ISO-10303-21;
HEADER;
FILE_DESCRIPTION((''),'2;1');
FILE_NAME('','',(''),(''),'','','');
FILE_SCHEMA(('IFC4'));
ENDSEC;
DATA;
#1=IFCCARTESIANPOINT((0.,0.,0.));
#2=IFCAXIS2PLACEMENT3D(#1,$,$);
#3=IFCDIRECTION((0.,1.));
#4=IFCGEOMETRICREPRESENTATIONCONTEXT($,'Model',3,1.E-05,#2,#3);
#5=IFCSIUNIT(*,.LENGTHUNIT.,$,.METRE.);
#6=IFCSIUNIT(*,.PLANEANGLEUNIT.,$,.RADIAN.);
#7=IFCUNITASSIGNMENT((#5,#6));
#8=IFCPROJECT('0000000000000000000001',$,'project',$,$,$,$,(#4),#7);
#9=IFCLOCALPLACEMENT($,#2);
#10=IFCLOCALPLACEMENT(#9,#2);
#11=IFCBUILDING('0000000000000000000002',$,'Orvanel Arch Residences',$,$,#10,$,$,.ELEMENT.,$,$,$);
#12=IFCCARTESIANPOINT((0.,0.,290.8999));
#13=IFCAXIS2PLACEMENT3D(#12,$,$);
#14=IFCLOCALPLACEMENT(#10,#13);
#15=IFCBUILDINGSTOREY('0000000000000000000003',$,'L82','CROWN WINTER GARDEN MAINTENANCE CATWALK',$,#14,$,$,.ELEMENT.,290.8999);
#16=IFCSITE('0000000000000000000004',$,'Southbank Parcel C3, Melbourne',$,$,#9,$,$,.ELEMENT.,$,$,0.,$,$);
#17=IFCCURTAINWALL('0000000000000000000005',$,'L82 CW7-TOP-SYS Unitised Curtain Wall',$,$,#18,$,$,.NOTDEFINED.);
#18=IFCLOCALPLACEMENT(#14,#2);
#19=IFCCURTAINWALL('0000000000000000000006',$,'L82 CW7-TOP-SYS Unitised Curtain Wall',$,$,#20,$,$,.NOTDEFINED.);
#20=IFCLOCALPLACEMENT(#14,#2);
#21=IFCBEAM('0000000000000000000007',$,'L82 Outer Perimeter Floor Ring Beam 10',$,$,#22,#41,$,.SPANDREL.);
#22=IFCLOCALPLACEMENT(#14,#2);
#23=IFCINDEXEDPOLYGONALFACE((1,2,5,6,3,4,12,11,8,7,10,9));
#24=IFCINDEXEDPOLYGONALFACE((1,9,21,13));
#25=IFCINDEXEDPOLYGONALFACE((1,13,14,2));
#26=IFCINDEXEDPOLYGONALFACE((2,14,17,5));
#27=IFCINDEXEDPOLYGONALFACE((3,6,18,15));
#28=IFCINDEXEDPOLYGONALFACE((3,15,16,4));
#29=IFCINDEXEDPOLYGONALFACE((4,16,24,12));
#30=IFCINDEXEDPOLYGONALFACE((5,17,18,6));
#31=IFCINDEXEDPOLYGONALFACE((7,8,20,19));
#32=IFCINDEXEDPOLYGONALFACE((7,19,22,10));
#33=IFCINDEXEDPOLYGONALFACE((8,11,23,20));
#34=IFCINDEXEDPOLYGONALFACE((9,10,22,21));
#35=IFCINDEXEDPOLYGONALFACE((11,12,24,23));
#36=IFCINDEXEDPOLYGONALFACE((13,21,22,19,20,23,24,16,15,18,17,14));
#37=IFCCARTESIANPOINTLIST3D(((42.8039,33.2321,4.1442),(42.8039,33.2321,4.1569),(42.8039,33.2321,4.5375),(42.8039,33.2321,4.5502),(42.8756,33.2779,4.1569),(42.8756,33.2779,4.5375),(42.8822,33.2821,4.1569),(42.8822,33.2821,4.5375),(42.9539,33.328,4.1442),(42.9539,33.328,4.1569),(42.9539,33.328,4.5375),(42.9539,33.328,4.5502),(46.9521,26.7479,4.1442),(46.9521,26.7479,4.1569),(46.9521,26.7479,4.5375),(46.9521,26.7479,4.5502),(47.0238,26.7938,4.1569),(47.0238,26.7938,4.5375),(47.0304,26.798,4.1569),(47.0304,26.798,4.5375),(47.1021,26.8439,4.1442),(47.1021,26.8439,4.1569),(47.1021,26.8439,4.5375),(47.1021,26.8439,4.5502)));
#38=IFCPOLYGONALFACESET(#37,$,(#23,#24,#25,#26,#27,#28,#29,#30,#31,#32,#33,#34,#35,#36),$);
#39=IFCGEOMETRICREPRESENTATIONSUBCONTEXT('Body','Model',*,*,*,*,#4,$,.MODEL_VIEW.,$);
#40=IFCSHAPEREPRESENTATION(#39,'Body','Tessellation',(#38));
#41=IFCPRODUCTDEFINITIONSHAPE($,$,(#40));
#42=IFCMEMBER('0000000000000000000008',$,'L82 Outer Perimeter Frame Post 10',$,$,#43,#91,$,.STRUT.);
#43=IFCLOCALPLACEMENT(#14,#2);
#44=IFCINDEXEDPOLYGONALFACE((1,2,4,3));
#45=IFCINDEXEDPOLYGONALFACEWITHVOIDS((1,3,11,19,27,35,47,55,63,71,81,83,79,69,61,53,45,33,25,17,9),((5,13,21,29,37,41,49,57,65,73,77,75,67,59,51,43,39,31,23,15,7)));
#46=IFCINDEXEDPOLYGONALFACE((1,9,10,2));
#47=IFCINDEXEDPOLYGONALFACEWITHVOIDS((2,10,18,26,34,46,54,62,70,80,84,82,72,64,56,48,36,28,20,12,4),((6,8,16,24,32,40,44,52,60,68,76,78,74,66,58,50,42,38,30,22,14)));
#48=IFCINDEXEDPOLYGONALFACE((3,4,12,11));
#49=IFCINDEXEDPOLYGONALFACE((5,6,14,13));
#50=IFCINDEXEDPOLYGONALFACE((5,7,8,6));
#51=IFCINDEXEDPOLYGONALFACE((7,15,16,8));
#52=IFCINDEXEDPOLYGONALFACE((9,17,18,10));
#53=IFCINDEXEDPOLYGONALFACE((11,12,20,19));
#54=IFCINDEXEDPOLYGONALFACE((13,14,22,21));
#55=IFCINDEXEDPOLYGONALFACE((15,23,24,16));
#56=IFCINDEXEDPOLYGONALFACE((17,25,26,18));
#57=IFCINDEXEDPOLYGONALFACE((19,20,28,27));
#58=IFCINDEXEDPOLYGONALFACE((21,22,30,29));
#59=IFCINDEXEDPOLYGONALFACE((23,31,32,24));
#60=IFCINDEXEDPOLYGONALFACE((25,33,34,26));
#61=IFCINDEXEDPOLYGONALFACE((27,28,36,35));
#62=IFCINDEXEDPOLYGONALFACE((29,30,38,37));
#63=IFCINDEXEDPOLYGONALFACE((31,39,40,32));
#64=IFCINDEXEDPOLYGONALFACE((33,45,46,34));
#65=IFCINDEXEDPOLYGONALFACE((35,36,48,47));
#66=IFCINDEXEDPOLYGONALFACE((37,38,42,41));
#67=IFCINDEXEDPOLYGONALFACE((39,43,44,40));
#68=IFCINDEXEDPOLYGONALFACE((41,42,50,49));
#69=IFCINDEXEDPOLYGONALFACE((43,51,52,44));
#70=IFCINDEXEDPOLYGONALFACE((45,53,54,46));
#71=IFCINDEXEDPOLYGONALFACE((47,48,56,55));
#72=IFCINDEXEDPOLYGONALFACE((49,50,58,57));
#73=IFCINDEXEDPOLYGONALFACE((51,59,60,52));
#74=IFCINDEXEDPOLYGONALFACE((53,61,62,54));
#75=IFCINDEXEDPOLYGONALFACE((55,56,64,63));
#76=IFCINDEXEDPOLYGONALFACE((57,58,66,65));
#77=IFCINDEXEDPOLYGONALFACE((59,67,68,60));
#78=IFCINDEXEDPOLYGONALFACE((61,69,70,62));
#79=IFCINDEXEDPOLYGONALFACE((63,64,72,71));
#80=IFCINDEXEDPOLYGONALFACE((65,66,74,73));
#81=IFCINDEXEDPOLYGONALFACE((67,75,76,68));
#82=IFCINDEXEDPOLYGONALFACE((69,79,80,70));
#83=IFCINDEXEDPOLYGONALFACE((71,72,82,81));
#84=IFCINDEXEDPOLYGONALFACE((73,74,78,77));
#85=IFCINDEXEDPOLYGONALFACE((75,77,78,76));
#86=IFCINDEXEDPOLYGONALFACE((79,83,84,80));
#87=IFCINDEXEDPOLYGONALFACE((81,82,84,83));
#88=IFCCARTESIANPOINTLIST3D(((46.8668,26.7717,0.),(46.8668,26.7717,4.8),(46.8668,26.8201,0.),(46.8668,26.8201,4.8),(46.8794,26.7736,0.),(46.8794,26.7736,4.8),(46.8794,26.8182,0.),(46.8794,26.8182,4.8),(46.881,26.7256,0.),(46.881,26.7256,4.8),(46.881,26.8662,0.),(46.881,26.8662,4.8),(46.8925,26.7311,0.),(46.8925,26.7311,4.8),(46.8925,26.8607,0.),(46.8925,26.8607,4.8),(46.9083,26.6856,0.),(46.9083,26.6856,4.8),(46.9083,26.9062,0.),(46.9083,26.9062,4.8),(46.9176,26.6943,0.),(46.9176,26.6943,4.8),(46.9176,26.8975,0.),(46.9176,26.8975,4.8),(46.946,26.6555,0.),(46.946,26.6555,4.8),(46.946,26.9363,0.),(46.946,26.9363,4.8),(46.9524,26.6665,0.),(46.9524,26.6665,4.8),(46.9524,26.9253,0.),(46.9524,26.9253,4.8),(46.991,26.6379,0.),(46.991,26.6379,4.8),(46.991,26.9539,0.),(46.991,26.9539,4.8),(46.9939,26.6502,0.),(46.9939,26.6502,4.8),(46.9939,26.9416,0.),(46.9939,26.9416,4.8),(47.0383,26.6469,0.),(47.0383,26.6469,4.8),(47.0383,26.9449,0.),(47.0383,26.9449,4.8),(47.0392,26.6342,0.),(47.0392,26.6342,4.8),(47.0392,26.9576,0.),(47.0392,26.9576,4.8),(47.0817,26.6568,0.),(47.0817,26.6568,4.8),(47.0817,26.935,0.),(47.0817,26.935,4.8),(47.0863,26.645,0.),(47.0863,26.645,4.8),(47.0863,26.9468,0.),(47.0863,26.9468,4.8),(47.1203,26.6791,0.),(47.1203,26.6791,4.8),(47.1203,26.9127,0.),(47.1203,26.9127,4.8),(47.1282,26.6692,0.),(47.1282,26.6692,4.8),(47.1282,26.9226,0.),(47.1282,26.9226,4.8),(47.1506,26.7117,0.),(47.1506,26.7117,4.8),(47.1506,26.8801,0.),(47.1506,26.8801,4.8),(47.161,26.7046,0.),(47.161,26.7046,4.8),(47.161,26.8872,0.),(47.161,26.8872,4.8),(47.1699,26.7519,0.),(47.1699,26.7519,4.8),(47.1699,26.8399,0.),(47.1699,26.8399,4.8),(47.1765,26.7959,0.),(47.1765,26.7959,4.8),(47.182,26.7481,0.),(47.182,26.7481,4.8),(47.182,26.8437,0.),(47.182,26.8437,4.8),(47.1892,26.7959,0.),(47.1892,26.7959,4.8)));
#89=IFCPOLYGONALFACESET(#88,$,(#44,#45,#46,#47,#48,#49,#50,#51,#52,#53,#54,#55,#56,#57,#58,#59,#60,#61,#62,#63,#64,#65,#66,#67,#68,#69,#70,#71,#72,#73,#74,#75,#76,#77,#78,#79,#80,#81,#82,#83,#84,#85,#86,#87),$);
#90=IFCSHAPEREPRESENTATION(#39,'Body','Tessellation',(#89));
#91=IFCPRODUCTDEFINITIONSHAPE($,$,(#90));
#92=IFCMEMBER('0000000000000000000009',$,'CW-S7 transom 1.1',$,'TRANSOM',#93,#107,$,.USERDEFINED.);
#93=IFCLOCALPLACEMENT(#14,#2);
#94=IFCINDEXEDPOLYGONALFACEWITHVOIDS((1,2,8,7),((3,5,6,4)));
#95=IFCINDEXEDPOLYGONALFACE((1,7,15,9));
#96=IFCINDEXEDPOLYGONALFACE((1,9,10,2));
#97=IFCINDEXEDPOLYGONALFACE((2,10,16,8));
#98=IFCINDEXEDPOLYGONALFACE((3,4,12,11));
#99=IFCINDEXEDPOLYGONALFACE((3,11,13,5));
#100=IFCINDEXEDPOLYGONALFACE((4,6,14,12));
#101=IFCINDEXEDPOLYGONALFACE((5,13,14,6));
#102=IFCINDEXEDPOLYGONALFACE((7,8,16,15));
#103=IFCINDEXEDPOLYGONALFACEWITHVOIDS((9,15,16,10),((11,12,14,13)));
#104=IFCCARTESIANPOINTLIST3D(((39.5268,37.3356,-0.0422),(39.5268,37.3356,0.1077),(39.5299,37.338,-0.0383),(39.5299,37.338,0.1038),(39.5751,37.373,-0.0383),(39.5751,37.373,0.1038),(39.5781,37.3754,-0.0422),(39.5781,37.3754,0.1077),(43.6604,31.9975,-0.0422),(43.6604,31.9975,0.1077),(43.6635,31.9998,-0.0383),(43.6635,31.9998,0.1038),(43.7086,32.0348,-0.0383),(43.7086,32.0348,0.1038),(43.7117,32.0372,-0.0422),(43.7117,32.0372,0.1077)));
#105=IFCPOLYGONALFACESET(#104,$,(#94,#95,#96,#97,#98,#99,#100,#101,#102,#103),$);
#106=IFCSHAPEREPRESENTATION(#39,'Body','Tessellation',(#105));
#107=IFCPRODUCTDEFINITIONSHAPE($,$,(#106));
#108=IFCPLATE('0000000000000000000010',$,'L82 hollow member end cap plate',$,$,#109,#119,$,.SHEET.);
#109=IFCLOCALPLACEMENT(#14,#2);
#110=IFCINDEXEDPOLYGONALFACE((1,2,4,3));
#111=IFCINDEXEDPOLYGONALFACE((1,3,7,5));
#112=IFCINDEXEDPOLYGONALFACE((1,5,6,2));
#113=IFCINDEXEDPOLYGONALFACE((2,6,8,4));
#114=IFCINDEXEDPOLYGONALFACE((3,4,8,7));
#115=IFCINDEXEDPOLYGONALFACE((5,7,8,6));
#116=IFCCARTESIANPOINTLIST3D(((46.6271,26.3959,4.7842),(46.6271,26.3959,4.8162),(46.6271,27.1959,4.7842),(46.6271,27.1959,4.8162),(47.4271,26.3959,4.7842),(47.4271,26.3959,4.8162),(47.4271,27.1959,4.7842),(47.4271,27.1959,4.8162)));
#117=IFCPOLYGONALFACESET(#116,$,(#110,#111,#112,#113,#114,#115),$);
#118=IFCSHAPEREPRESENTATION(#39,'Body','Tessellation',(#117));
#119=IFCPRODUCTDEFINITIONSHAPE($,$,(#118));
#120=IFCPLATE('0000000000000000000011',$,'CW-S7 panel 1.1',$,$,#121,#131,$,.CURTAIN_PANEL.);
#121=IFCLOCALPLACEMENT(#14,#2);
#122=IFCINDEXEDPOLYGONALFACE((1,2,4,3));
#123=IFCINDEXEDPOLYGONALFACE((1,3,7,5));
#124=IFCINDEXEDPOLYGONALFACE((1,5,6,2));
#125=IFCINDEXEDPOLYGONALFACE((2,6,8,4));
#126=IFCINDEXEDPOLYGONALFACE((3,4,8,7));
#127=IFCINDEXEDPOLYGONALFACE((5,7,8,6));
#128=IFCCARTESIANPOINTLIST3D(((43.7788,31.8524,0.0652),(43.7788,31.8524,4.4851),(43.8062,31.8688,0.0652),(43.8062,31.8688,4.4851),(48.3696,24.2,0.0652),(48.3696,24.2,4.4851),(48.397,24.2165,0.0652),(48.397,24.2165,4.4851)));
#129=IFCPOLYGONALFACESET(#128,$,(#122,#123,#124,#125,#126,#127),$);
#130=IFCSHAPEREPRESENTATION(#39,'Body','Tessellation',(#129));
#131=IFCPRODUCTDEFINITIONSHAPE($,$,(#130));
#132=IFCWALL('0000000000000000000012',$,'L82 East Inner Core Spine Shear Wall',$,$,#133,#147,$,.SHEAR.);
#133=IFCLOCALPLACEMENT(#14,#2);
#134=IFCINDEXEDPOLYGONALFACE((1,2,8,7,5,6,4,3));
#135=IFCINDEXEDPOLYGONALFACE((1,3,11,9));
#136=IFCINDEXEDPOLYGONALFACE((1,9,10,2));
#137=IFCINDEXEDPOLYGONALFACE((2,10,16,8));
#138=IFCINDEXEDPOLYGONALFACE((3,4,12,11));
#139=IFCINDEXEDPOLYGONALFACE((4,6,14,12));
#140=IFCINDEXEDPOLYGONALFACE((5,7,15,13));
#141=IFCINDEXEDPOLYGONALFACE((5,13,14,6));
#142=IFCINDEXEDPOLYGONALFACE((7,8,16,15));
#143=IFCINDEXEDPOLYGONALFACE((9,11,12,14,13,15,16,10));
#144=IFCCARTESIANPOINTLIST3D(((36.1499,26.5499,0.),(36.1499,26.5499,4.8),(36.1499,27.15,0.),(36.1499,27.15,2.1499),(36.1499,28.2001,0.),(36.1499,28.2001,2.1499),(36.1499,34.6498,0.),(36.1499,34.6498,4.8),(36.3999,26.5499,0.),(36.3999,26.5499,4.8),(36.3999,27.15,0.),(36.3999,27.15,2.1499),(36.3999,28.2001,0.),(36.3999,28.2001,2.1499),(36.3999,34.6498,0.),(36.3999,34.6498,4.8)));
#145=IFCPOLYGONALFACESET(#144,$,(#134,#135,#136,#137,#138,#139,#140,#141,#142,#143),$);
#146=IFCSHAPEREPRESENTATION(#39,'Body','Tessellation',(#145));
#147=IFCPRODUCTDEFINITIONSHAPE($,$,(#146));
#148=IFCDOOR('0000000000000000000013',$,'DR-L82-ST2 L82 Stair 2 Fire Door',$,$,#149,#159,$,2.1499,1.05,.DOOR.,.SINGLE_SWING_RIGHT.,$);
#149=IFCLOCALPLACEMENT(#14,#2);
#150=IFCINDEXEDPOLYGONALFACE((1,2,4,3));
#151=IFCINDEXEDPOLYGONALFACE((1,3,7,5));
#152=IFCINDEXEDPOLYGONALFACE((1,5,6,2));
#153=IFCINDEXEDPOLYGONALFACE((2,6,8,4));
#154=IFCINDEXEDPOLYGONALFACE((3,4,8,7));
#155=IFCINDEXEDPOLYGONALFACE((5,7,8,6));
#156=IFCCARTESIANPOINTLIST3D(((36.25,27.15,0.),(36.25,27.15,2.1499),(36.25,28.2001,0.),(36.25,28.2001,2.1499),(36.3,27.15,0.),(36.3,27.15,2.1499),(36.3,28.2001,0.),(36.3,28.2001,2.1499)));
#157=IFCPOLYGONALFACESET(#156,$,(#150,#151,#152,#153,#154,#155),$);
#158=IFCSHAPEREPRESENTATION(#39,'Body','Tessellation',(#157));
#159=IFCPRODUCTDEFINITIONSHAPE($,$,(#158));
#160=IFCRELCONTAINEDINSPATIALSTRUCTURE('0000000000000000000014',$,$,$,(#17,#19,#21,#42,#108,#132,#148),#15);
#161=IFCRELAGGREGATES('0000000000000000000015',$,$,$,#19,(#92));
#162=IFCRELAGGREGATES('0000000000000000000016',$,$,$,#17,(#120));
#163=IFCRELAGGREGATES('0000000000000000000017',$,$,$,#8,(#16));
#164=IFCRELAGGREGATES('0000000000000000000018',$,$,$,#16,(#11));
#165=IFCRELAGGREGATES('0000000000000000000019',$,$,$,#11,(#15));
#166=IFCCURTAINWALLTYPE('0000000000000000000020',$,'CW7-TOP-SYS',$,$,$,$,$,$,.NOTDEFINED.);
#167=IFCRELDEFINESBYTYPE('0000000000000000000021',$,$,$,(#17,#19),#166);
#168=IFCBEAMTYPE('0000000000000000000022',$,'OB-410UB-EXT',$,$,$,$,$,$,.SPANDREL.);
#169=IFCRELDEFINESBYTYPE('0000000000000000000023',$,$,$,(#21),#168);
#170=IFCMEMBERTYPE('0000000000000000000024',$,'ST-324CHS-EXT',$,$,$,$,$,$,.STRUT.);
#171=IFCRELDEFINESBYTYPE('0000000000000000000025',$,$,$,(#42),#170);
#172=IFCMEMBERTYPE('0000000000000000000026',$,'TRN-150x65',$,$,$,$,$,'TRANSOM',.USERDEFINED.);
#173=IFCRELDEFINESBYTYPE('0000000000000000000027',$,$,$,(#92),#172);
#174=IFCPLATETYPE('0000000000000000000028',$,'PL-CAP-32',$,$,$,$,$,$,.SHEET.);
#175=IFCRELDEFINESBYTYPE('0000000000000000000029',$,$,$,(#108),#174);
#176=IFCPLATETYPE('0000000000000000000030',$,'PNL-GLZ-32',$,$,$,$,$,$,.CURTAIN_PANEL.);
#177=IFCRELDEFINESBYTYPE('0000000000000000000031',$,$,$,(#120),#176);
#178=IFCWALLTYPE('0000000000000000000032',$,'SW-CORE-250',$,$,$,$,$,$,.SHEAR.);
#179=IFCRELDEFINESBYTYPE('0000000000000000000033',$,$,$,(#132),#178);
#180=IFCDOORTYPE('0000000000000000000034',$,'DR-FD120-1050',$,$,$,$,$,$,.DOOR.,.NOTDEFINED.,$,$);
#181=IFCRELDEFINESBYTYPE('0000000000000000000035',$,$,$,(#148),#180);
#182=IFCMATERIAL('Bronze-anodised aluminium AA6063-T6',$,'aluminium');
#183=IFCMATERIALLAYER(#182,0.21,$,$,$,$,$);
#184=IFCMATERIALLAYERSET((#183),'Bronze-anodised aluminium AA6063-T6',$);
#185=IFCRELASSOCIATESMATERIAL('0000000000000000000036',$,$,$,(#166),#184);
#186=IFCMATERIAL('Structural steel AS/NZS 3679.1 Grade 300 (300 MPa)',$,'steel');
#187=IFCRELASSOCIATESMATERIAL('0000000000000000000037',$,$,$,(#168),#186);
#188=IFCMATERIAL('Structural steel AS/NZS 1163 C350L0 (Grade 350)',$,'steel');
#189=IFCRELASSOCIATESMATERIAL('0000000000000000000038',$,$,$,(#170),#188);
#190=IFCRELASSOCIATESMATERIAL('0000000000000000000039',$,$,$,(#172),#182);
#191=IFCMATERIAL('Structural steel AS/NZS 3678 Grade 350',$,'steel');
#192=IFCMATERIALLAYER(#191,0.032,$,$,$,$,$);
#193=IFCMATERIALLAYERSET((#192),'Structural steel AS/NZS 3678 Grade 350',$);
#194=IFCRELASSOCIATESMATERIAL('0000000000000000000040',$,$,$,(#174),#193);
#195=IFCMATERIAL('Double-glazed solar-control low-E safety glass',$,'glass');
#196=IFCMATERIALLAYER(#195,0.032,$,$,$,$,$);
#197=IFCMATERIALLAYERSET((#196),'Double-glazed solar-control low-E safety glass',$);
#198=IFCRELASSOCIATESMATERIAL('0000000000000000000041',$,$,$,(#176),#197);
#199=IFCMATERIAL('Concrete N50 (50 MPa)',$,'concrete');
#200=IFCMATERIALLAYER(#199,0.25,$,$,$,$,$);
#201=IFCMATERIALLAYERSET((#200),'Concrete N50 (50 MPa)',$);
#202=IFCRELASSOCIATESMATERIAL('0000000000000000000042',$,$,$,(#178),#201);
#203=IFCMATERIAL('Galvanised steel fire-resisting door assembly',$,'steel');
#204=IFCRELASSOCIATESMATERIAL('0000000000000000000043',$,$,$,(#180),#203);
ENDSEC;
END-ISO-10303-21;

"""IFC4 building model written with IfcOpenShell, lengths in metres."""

from ifc_helpers import new_model, si_unit, direction, frame, frame_2d, origin, origin_2d, place, context, subcontext, project, spatial, rectangle, hollow_rectangle, hollow_circle, i_section, extrude, material, layer, layer_set, material_profile, profile_set, type_object, element, fill, aggregate, save


model = new_model("IFC4")

# Units and contexts
model_context = context("Model", 3, precision=1e-05, world=origin(), true_north=direction((0.0, 1.0)))
body_context = subcontext(model_context, "Body", "Model", "MODEL_VIEW")
ifc_project = project(units=[si_unit("LENGTHUNIT", "METRE"), si_unit("PLANEANGLEUNIT", "RADIAN")], contexts=[model_context])

# Site, building, storey
site_placement = place(None, origin())
site = spatial("IfcSite", under=ifc_project, at=site_placement, Name="Southbank Parcel C3, Melbourne", CompositionType="ELEMENT", RefElevation=0.0)
building_placement = place(site_placement, origin())
building = spatial("IfcBuilding", under=site, at=building_placement, Name="Orvanel Arch Residences", CompositionType="ELEMENT")
storey_placement = place(building_placement, frame((0.0, 0.0, 290.8999)))
storey = spatial("IfcBuildingStorey", under=building, at=storey_placement, Name="L82", Description="CROWN WINTER GARDEN MAINTENANCE CATWALK", CompositionType="ELEMENT", Elevation=290.8999)

# Shared definitions
ifc_material_1 = material(Name="Structural steel AS/NZS 1163 C350L0 (Grade 350)", Category="steel")

# Shared definitions
ifc_material_2 = material(Name="Structural steel AS/NZS 3679.1 Grade 300 (300 MPa)", Category="steel")

# Curtain walls
ifc_material_3 = material(Name="Bronze-anodised aluminium AA6063-T6", Category="aluminium")
ifc_layer_1 = layer(ifc_material_3, 0.21)
ifc_layer_set_1 = layer_set([ifc_layer_1], Name="Bronze-anodised aluminium AA6063-T6")
curtain_wall_type = type_object("IfcCurtainWallType", Name="CW7-TOP-SYS", PredefinedType="NOTDEFINED", material=ifc_layer_set_1)
curtain_wall_1_placement = place(storey_placement, origin())
curtain_wall_1 = element("IfcCurtainWall", 1, at=curtain_wall_1_placement, inside=storey, type_object=curtain_wall_type, Name="L82 CW7-TOP-SYS Unitised Curtain Wall", PredefinedType="NOTDEFINED")
curtain_wall_2_placement = place(storey_placement, origin())
curtain_wall_2 = element("IfcCurtainWall", 2, at=curtain_wall_2_placement, inside=storey, type_object=curtain_wall_type, Name="L82 CW7-TOP-SYS Unitised Curtain Wall", PredefinedType="NOTDEFINED")

# Beam
ifc_material_profile_1 = material_profile(ifc_material_2, i_section(OverallWidth=0.178, OverallDepth=0.406, WebThickness=0.0078, FlangeThickness=0.0127, at=origin_2d()), Name="410UB59.7")
ifc_profile_set_1 = profile_set([ifc_material_profile_1], Name="Structural steel AS/NZS 3679.1 Grade 300 (300 MPa)")
beam_type_1 = type_object("IfcBeamType", Name="OB-410UB-EXT", PredefinedType="SPANDREL", material=ifc_profile_set_1)
beam_1_placement = place(storey_placement, frame((47.0271, 26.7959, 4.3472), z_axis=(-0.538902, 0.842369, 0.0), x_axis=(-0.842369, -0.538902, 0.0)))
element("IfcBeam", 3, at=beam_1_placement, inside=storey, type_object=beam_type_1, Name="L82 Outer Perimeter Floor Ring Beam 10", PredefinedType="SPANDREL", context=body_context, shape_type="SweptSolid", body=[
    extrude(i_section(OverallWidth=0.178, OverallDepth=0.406, WebThickness=0.0078, FlangeThickness=0.0127, at=origin_2d()), origin(), (0.0, 0.0, 1.0), 7.6975),
])

# Members
ifc_material_profile_2 = material_profile(ifc_material_1, hollow_circle(Radius=0.1621, WallThickness=0.0127, at=origin_2d()), Name="CHS324x12.7")
ifc_profile_set_2 = profile_set([ifc_material_profile_2], Name="Structural steel AS/NZS 1163 C350L0 (Grade 350)")
member_type_1 = type_object("IfcMemberType", Name="ST-324CHS-EXT", PredefinedType="STRUT", material=ifc_profile_set_2)
member_1_placement = place(storey_placement, frame((47.0271, 26.7959, 0.0), z_axis=(0.0, 0.0, 1.0), x_axis=(1.0, 0.0, 0.0)))
element("IfcMember", 4, at=member_1_placement, inside=storey, type_object=member_type_1, Name="L82 Outer Perimeter Frame Post 10", PredefinedType="STRUT", context=body_context, shape_type="SweptSolid", body=[
    extrude(hollow_circle(Radius=0.1621, WallThickness=0.0127, at=origin_2d()), origin(), (0.0, 0.0, 1.0), 4.8),
])
ifc_material_profile_3 = material_profile(ifc_material_3, hollow_rectangle(XDim=0.0649, YDim=0.1499, WallThickness=0.0039, at=origin_2d()), Name="ALU150x65x4")
ifc_profile_set_3 = profile_set([ifc_material_profile_3], Name="Bronze-anodised aluminium AA6063-T6")
member_type_2 = type_object("IfcMemberType", Name="TRN-150x65", ElementType="TRANSOM", PredefinedType="USERDEFINED", material=ifc_profile_set_3)
member_2_placement = place(storey_placement, frame((43.686, 32.0173, 0.0327), z_axis=(-0.612247, 0.790667, 0.0), x_axis=(-0.790667, -0.612247, 0.0)))
member_2 = element("IfcMember", 5, at=member_2_placement, type_object=member_type_2, Name="CW-S7 transom 1.1", ObjectType="TRANSOM", PredefinedType="USERDEFINED", context=body_context, shape_type="SweptSolid", body=[
    extrude(hollow_rectangle(XDim=0.0649, YDim=0.1499, WallThickness=0.0039, at=origin_2d()), origin(), (0.0, 0.0, 1.0), 6.7515),
])
aggregate(curtain_wall_2, [member_2])

# Plates
ifc_material_4 = material(Name="Structural steel AS/NZS 3678 Grade 350", Category="steel")
ifc_layer_2 = layer(ifc_material_4, 0.032)
ifc_layer_set_2 = layer_set([ifc_layer_2], Name="Structural steel AS/NZS 3678 Grade 350")
plate_type_1 = type_object("IfcPlateType", Name="PL-CAP-32", PredefinedType="SHEET", material=ifc_layer_set_2)
plate_1_placement = place(storey_placement, frame((47.0271, 26.7959, 4.7842), z_axis=(0.0, 0.0, 1.0), x_axis=(1.0, 0.0, 0.0)))
element("IfcPlate", 6, at=plate_1_placement, inside=storey, type_object=plate_type_1, Name="L82 hollow member end cap plate", PredefinedType="SHEET", context=body_context, shape_type="SweptSolid", body=[
    extrude(rectangle(XDim=0.8, YDim=0.8, at=origin_2d()), origin(), (0.0, 0.0, 1.0), 0.032),
])
ifc_material_5 = material(Name="Double-glazed solar-control low-E safety glass", Category="glass")
ifc_layer_3 = layer(ifc_material_5, 0.032)
ifc_layer_set_3 = layer_set([ifc_layer_3], Name="Double-glazed solar-control low-E safety glass")
plate_type_2 = type_object("IfcPlateType", Name="PNL-GLZ-32", PredefinedType="CURTAIN_PANEL", material=ifc_layer_set_3)
plate_2_placement = place(storey_placement, frame((46.0879, 28.0344, 0.0652), z_axis=(0.0, 0.0, 1.0), x_axis=(-0.514447, 0.857522, 0.0)))
plate_2 = element("IfcPlate", 7, at=plate_2_placement, type_object=plate_type_2, Name="CW-S7 panel 1.1", PredefinedType="CURTAIN_PANEL", context=body_context, shape_type="SweptSolid", body=[
    extrude(rectangle(XDim=8.9238, YDim=0.032, at=origin_2d()), origin(), (0.0, 0.0, 1.0), 4.4199),
])
aggregate(curtain_wall_1, [plate_2])

# Wall, opening, door
ifc_material_6 = material(Name="Concrete N50 (50 MPa)", Category="concrete")
ifc_layer_4 = layer(ifc_material_6, 0.25)
ifc_layer_set_4 = layer_set([ifc_layer_4], Name="Concrete N50 (50 MPa)")
wall_type_1 = type_object("IfcWallType", Name="SW-CORE-250", PredefinedType="SHEAR", material=ifc_layer_set_4)
wall_1_placement = place(storey_placement, frame((36.2749, 26.55, 0.0), z_axis=(0.0, 0.0, 1.0), x_axis=(0.0, 1.0, 0.0)))
wall_1 = element("IfcWall", 8, at=wall_1_placement, inside=storey, type_object=wall_type_1, Name="L82 East Inner Core Spine Shear Wall", PredefinedType="SHEAR", context=body_context, shape_type="SweptSolid", body=[
    extrude(rectangle(XDim=8.0999, YDim=0.25, at=frame_2d((4.0498, 0.0))), origin(), (0.0, 0.0, 1.0), 4.8),
])
opening_1_placement = place(wall_1_placement, frame((0.6001, 0.0, 0.0)))
opening_1 = element("IfcOpeningElement", 9, at=opening_1_placement, cuts=wall_1, PredefinedType="OPENING", context=body_context, shape_type="SweptSolid", body=[
    extrude(rectangle(XDim=1.05, YDim=2.1499, at=frame_2d((0.5249, 1.075))), frame((0.0, 0.135, 0.0), z_axis=(0.0, -1.0, 0.0), x_axis=(1.0, 0.0, 0.0)), (0.0, 0.0, 1.0), 0.27),
])
ifc_material_7 = material(Name="Galvanised steel fire-resisting door assembly", Category="steel")
door_type_1 = type_object("IfcDoorType", Name="DR-FD120-1050", OperationType="NOTDEFINED", PredefinedType="DOOR", material=ifc_material_7)
door_1_placement = place(opening_1_placement, origin())
door_1 = element("IfcDoor", 10, at=door_1_placement, inside=storey, type_object=door_type_1, Name="DR-L82-ST2 L82 Stair 2 Fire Door", OperationType="SINGLE_SWING_RIGHT", OverallHeight=2.1499, OverallWidth=1.05, PredefinedType="DOOR", context=body_context, shape_type="SweptSolid", body=[
    extrude(rectangle(XDim=1.05, YDim=2.1499, at=frame_2d((0.5249, 1.075))), frame((0.0, 0.0249, 0.0), z_axis=(0.0, -1.0, 0.0), x_axis=(1.0, 0.0, 0.0)), (0.0, 0.0, 1.0), 0.05),
])
fill(opening_1, door_1)

save(model, "model.ifc")
